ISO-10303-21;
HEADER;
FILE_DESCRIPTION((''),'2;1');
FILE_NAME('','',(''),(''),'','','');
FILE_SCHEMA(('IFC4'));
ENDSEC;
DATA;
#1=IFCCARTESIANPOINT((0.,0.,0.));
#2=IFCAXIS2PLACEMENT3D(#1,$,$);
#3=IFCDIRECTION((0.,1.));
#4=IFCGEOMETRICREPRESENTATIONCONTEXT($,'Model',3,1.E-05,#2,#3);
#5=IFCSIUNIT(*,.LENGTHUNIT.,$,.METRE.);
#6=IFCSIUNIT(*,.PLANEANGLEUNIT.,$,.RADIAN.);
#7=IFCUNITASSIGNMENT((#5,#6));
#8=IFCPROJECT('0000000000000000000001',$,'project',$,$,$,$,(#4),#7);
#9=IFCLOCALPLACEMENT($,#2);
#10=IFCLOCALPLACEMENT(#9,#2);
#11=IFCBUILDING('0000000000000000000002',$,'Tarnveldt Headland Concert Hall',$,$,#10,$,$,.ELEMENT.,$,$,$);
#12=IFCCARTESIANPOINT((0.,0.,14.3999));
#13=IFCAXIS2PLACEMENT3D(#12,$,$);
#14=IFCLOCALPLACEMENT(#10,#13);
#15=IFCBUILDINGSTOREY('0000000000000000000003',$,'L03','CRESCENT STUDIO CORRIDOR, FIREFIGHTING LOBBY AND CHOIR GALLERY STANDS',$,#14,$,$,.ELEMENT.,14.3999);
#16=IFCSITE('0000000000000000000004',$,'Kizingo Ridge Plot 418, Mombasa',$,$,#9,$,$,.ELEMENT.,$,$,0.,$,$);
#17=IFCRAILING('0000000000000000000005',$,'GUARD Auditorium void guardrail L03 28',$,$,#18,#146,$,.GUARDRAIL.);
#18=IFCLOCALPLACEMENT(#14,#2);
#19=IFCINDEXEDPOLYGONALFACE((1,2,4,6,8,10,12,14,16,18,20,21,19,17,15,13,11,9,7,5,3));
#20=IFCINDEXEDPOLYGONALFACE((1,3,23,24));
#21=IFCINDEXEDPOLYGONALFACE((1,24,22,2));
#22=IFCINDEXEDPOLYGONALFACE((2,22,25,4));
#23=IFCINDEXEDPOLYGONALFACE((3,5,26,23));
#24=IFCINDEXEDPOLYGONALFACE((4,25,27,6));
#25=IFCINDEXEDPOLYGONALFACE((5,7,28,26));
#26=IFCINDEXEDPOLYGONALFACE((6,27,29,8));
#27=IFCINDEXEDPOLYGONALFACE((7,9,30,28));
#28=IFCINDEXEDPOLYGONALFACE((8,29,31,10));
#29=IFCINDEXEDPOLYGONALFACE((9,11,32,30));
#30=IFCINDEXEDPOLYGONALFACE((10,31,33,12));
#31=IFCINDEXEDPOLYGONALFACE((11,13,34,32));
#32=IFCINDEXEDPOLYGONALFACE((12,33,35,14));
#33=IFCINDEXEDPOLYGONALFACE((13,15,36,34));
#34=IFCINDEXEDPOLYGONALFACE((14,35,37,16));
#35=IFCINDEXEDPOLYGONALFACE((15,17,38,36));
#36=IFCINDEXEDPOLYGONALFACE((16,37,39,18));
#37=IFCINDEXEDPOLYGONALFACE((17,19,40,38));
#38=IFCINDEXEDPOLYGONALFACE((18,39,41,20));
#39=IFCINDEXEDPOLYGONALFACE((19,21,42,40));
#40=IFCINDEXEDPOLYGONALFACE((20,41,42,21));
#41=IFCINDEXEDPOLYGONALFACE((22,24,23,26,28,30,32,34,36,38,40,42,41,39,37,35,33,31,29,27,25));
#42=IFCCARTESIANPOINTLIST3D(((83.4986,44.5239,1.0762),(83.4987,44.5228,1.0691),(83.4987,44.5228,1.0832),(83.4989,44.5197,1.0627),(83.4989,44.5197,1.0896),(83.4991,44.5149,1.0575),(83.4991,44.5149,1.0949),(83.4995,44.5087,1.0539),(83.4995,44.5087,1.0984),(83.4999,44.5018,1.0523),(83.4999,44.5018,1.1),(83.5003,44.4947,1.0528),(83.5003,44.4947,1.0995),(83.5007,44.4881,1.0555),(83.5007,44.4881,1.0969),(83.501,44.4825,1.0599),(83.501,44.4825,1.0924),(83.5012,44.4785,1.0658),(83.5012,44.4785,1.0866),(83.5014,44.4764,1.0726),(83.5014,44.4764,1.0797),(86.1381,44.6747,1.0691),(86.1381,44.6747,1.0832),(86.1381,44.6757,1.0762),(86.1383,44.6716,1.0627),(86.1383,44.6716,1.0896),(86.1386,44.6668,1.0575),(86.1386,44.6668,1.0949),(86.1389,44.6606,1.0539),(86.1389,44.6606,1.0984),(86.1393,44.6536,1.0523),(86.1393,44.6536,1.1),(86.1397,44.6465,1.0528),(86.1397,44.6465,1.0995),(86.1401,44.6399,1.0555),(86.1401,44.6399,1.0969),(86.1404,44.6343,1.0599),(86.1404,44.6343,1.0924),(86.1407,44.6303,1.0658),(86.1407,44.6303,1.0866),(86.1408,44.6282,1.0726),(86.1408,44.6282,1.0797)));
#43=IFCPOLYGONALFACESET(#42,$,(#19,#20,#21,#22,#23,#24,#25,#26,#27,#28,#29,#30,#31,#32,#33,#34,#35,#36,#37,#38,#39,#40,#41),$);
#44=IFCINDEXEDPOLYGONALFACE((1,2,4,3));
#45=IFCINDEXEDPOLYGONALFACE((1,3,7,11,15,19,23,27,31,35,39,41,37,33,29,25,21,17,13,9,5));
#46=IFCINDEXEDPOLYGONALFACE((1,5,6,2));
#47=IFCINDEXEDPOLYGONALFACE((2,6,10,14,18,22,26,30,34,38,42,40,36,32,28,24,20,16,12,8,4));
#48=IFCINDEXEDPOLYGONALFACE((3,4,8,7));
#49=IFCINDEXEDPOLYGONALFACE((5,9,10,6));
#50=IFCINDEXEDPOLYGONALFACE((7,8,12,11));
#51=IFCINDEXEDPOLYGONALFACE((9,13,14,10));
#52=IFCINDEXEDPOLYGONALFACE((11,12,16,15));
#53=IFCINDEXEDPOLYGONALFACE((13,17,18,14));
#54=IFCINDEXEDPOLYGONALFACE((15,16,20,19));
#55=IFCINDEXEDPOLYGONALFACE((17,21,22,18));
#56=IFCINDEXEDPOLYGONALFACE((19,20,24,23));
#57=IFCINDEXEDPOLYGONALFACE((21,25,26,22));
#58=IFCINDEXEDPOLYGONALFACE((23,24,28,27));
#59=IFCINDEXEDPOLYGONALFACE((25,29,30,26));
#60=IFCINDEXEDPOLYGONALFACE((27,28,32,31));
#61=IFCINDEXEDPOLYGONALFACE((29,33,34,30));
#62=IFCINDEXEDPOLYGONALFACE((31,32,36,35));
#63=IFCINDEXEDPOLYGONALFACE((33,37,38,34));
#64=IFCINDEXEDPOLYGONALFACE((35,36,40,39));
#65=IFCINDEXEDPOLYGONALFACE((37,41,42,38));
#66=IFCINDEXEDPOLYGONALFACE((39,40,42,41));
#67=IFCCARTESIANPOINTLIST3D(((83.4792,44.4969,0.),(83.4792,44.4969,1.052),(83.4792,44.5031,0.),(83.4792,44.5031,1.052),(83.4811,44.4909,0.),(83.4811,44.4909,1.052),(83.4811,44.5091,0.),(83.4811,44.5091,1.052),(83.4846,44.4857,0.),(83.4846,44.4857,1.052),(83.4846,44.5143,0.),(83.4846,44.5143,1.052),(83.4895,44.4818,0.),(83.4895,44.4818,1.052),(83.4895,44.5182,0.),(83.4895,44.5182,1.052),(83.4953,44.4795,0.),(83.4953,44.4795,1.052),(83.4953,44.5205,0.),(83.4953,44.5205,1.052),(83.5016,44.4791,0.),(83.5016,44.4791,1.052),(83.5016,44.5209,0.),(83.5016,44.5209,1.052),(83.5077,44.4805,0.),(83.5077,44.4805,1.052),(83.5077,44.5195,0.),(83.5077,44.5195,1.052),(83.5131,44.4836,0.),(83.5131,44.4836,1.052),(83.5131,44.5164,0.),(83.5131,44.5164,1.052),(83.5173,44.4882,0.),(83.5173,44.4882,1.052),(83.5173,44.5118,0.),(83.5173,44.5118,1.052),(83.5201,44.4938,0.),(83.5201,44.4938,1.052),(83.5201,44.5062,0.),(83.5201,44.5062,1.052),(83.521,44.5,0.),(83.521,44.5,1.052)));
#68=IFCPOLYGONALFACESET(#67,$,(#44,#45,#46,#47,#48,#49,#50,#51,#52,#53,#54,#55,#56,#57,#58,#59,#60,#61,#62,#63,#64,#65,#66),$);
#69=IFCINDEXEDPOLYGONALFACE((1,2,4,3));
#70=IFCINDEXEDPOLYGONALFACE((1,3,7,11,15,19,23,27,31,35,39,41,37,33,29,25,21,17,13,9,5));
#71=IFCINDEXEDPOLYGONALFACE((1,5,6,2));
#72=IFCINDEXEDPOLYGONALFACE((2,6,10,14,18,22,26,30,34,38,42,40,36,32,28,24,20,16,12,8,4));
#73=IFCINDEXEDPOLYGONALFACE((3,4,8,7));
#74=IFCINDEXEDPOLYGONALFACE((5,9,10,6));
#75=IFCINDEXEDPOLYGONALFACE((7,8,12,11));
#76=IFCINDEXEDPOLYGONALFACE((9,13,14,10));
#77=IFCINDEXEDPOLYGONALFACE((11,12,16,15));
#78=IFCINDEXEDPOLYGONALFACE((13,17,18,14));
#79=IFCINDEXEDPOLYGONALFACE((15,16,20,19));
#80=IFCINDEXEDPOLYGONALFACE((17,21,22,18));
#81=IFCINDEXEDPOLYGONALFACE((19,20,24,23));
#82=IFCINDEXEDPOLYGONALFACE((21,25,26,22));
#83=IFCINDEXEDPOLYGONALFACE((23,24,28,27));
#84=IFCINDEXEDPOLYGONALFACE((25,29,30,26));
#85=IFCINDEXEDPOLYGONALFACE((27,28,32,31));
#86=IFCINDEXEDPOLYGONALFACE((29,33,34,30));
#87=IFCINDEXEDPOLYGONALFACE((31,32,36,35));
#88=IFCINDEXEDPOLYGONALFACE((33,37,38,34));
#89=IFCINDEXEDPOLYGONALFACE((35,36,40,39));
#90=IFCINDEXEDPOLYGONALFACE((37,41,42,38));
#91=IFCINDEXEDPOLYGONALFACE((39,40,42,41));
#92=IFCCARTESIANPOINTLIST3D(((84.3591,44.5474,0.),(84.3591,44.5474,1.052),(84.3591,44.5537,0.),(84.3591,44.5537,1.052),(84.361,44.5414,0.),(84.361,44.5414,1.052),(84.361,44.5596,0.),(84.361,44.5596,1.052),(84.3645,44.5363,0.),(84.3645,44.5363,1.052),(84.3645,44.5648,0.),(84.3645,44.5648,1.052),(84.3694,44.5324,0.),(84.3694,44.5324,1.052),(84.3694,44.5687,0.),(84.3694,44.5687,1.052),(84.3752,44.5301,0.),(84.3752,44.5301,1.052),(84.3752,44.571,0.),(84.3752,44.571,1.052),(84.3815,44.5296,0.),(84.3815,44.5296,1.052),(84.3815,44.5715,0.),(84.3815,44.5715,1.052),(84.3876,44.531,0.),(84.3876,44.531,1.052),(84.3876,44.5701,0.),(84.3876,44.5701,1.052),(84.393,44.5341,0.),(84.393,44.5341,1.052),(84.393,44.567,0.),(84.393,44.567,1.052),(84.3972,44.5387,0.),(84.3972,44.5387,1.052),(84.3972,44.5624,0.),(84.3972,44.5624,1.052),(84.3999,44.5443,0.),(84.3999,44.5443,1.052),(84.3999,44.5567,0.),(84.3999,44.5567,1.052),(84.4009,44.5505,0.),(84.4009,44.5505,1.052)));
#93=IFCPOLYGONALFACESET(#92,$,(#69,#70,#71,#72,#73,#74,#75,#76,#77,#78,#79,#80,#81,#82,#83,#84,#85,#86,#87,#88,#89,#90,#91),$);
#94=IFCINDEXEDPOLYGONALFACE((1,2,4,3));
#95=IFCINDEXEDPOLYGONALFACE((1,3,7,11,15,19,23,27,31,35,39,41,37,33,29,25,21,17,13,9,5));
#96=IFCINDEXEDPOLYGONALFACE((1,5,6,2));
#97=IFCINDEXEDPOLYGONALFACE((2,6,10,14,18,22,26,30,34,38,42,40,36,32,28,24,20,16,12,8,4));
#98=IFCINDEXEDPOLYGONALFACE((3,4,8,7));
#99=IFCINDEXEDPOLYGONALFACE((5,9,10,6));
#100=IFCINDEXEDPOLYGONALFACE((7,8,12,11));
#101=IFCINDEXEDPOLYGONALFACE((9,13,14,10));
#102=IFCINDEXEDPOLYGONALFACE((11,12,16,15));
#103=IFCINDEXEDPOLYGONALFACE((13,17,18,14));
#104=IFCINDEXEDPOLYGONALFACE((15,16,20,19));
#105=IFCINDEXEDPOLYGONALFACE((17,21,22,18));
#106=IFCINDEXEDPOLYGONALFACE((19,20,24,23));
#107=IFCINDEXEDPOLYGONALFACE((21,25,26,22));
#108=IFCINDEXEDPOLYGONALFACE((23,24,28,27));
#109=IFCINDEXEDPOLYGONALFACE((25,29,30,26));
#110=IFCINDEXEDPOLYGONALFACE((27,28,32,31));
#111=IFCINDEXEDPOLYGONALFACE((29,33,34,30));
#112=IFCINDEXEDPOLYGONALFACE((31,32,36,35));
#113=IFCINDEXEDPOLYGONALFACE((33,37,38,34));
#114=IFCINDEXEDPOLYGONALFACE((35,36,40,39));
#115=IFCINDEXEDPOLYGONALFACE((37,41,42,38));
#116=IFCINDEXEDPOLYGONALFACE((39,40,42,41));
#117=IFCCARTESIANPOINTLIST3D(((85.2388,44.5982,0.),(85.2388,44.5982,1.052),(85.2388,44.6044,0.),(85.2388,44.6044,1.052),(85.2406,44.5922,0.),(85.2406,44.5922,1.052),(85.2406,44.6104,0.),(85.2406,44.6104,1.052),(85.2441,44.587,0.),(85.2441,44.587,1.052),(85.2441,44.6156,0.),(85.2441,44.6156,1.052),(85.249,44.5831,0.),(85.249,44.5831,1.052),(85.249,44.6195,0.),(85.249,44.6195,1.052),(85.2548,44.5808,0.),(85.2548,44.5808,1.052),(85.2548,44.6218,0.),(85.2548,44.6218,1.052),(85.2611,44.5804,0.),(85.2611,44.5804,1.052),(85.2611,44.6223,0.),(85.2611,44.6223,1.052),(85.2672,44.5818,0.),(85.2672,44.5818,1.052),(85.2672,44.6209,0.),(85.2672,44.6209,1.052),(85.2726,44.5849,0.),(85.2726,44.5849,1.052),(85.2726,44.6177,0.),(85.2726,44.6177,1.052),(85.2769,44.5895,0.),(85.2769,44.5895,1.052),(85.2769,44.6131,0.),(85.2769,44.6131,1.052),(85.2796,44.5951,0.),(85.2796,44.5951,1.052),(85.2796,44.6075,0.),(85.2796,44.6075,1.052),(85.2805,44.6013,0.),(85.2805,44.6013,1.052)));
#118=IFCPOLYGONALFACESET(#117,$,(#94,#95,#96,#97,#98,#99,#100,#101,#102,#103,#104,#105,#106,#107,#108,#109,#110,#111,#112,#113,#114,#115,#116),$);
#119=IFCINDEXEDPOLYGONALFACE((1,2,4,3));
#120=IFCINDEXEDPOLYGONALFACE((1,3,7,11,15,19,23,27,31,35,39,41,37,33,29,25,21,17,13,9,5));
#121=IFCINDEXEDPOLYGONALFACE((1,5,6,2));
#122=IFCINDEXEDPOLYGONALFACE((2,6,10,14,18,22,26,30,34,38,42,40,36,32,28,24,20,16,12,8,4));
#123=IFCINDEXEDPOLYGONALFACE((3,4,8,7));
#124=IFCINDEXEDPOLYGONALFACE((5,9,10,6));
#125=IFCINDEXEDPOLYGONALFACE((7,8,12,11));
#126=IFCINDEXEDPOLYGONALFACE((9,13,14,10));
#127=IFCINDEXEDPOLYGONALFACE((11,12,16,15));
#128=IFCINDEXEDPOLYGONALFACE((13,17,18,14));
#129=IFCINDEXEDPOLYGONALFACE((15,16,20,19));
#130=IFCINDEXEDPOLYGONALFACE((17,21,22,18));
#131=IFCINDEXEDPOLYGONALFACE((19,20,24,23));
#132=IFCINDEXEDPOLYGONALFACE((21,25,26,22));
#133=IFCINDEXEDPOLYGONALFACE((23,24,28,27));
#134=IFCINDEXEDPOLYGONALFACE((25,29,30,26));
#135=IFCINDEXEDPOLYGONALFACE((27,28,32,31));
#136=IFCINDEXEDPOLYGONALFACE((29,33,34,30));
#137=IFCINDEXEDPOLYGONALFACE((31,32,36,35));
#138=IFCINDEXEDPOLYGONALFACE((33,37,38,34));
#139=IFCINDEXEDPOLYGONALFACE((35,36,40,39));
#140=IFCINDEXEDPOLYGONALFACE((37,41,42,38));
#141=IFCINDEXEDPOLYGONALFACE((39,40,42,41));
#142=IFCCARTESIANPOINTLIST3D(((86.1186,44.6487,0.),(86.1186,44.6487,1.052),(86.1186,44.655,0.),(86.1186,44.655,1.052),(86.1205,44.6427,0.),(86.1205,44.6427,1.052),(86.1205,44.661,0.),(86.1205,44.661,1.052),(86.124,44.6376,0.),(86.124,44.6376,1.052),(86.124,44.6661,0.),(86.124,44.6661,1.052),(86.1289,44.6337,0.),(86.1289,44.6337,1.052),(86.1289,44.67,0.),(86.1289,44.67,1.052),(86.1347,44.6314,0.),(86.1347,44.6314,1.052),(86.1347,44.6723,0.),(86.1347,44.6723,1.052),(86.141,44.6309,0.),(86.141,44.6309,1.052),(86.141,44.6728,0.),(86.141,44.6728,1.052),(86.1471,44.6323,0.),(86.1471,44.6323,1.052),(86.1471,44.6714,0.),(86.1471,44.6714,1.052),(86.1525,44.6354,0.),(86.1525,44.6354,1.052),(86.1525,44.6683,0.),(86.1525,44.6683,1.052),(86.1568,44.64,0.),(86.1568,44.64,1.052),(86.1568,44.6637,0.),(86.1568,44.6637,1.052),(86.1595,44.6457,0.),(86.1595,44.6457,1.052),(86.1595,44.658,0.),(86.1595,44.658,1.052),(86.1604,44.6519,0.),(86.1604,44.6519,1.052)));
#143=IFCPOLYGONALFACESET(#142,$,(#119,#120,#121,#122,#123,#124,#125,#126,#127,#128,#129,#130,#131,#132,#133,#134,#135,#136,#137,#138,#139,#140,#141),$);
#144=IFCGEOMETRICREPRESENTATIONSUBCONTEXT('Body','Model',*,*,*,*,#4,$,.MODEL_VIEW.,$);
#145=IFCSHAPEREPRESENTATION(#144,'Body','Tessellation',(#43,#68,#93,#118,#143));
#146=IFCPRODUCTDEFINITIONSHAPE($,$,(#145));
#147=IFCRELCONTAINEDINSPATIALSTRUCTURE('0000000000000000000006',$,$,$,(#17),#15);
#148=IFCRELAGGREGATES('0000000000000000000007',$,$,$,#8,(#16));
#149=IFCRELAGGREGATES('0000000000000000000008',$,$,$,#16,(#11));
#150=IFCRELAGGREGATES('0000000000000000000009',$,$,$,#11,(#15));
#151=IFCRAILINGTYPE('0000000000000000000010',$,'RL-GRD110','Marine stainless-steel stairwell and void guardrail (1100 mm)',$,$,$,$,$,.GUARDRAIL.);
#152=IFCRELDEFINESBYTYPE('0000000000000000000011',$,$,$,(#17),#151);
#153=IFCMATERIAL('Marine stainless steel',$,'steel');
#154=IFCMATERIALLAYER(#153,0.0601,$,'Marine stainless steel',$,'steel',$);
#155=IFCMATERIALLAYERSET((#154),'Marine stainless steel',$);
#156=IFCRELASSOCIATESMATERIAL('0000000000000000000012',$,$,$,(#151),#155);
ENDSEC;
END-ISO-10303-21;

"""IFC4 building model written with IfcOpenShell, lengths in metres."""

from ifc_helpers import new_model, si_unit, direction, frame, origin, origin_2d, place, context, subcontext, project, spatial, circle, extrude, material, layer, layer_set, type_object, element, save


model = new_model("IFC4")

# Units and contexts
model_context = context("Model", 3, precision=1e-05, world=origin(), true_north=direction((0.0, 1.0)))
body_context = subcontext(model_context, "Body", "Model", "MODEL_VIEW")
ifc_project = project(units=[si_unit("LENGTHUNIT", "METRE"), si_unit("PLANEANGLEUNIT", "RADIAN")], contexts=[model_context])

# Site, building, storey
site_placement = place(None, origin())
site = spatial("IfcSite", under=ifc_project, at=site_placement, Name="Kizingo Ridge Plot 418, Mombasa", CompositionType="ELEMENT", RefElevation=0.0)
building_placement = place(site_placement, origin())
building = spatial("IfcBuilding", under=site, at=building_placement, Name="Tarnveldt Headland Concert Hall", CompositionType="ELEMENT")
storey_placement = place(building_placement, frame((0.0, 0.0, 14.3999)))
storey = spatial("IfcBuildingStorey", under=building, at=storey_placement, Name="L03", Description="CRESCENT STUDIO CORRIDOR, FIREFIGHTING LOBBY AND CHOIR GALLERY STANDS", CompositionType="ELEMENT", Elevation=14.3999)

# Railing
ifc_material_1 = material(Name="Marine stainless steel", Category="steel")
ifc_layer_1 = layer(ifc_material_1, 0.0601, Name="Marine stainless steel", Category="steel")
ifc_layer_set_1 = layer_set([ifc_layer_1], Name="Marine stainless steel")
railing_type_1 = type_object("IfcRailingType", Name="RL-GRD110", Description="Marine stainless-steel stairwell and void guardrail (1100 mm)", PredefinedType="GUARDRAIL", material=ifc_layer_set_1)
railing_1_placement = place(storey_placement, frame((83.5, 44.5, 0.0)))
element("IfcRailing", 1, at=railing_1_placement, inside=storey, type_object=railing_type_1, Name="GUARD Auditorium void guardrail L03 28", PredefinedType="GUARDRAIL", context=body_context, shape_type="SweptSolid", body=[
    extrude(circle(Radius=0.0239, at=origin_2d()), frame((0.0, 0.0, 1.0762), z_axis=(0.998349, 0.057439, 0.0), x_axis=(-0.057439, 0.998349, 0.0)), (0.0, 0.0, 1.0), 2.6438),
    extrude(circle(Radius=0.021, at=origin_2d()), origin(), (0.0, 0.0, 1.0), 1.052),
    extrude(circle(Radius=0.021, at=origin_2d()), frame((0.8799, 0.0505, 0.0)), (0.0, 0.0, 1.0), 1.052),
    extrude(circle(Radius=0.021, at=origin_2d()), frame((1.7595, 0.1013, 0.0)), (0.0, 0.0, 1.0), 1.052),
    extrude(circle(Radius=0.021, at=origin_2d()), frame((2.6394, 0.1519, 0.0)), (0.0, 0.0, 1.0), 1.052),
])

save(model, "model.ifc")
